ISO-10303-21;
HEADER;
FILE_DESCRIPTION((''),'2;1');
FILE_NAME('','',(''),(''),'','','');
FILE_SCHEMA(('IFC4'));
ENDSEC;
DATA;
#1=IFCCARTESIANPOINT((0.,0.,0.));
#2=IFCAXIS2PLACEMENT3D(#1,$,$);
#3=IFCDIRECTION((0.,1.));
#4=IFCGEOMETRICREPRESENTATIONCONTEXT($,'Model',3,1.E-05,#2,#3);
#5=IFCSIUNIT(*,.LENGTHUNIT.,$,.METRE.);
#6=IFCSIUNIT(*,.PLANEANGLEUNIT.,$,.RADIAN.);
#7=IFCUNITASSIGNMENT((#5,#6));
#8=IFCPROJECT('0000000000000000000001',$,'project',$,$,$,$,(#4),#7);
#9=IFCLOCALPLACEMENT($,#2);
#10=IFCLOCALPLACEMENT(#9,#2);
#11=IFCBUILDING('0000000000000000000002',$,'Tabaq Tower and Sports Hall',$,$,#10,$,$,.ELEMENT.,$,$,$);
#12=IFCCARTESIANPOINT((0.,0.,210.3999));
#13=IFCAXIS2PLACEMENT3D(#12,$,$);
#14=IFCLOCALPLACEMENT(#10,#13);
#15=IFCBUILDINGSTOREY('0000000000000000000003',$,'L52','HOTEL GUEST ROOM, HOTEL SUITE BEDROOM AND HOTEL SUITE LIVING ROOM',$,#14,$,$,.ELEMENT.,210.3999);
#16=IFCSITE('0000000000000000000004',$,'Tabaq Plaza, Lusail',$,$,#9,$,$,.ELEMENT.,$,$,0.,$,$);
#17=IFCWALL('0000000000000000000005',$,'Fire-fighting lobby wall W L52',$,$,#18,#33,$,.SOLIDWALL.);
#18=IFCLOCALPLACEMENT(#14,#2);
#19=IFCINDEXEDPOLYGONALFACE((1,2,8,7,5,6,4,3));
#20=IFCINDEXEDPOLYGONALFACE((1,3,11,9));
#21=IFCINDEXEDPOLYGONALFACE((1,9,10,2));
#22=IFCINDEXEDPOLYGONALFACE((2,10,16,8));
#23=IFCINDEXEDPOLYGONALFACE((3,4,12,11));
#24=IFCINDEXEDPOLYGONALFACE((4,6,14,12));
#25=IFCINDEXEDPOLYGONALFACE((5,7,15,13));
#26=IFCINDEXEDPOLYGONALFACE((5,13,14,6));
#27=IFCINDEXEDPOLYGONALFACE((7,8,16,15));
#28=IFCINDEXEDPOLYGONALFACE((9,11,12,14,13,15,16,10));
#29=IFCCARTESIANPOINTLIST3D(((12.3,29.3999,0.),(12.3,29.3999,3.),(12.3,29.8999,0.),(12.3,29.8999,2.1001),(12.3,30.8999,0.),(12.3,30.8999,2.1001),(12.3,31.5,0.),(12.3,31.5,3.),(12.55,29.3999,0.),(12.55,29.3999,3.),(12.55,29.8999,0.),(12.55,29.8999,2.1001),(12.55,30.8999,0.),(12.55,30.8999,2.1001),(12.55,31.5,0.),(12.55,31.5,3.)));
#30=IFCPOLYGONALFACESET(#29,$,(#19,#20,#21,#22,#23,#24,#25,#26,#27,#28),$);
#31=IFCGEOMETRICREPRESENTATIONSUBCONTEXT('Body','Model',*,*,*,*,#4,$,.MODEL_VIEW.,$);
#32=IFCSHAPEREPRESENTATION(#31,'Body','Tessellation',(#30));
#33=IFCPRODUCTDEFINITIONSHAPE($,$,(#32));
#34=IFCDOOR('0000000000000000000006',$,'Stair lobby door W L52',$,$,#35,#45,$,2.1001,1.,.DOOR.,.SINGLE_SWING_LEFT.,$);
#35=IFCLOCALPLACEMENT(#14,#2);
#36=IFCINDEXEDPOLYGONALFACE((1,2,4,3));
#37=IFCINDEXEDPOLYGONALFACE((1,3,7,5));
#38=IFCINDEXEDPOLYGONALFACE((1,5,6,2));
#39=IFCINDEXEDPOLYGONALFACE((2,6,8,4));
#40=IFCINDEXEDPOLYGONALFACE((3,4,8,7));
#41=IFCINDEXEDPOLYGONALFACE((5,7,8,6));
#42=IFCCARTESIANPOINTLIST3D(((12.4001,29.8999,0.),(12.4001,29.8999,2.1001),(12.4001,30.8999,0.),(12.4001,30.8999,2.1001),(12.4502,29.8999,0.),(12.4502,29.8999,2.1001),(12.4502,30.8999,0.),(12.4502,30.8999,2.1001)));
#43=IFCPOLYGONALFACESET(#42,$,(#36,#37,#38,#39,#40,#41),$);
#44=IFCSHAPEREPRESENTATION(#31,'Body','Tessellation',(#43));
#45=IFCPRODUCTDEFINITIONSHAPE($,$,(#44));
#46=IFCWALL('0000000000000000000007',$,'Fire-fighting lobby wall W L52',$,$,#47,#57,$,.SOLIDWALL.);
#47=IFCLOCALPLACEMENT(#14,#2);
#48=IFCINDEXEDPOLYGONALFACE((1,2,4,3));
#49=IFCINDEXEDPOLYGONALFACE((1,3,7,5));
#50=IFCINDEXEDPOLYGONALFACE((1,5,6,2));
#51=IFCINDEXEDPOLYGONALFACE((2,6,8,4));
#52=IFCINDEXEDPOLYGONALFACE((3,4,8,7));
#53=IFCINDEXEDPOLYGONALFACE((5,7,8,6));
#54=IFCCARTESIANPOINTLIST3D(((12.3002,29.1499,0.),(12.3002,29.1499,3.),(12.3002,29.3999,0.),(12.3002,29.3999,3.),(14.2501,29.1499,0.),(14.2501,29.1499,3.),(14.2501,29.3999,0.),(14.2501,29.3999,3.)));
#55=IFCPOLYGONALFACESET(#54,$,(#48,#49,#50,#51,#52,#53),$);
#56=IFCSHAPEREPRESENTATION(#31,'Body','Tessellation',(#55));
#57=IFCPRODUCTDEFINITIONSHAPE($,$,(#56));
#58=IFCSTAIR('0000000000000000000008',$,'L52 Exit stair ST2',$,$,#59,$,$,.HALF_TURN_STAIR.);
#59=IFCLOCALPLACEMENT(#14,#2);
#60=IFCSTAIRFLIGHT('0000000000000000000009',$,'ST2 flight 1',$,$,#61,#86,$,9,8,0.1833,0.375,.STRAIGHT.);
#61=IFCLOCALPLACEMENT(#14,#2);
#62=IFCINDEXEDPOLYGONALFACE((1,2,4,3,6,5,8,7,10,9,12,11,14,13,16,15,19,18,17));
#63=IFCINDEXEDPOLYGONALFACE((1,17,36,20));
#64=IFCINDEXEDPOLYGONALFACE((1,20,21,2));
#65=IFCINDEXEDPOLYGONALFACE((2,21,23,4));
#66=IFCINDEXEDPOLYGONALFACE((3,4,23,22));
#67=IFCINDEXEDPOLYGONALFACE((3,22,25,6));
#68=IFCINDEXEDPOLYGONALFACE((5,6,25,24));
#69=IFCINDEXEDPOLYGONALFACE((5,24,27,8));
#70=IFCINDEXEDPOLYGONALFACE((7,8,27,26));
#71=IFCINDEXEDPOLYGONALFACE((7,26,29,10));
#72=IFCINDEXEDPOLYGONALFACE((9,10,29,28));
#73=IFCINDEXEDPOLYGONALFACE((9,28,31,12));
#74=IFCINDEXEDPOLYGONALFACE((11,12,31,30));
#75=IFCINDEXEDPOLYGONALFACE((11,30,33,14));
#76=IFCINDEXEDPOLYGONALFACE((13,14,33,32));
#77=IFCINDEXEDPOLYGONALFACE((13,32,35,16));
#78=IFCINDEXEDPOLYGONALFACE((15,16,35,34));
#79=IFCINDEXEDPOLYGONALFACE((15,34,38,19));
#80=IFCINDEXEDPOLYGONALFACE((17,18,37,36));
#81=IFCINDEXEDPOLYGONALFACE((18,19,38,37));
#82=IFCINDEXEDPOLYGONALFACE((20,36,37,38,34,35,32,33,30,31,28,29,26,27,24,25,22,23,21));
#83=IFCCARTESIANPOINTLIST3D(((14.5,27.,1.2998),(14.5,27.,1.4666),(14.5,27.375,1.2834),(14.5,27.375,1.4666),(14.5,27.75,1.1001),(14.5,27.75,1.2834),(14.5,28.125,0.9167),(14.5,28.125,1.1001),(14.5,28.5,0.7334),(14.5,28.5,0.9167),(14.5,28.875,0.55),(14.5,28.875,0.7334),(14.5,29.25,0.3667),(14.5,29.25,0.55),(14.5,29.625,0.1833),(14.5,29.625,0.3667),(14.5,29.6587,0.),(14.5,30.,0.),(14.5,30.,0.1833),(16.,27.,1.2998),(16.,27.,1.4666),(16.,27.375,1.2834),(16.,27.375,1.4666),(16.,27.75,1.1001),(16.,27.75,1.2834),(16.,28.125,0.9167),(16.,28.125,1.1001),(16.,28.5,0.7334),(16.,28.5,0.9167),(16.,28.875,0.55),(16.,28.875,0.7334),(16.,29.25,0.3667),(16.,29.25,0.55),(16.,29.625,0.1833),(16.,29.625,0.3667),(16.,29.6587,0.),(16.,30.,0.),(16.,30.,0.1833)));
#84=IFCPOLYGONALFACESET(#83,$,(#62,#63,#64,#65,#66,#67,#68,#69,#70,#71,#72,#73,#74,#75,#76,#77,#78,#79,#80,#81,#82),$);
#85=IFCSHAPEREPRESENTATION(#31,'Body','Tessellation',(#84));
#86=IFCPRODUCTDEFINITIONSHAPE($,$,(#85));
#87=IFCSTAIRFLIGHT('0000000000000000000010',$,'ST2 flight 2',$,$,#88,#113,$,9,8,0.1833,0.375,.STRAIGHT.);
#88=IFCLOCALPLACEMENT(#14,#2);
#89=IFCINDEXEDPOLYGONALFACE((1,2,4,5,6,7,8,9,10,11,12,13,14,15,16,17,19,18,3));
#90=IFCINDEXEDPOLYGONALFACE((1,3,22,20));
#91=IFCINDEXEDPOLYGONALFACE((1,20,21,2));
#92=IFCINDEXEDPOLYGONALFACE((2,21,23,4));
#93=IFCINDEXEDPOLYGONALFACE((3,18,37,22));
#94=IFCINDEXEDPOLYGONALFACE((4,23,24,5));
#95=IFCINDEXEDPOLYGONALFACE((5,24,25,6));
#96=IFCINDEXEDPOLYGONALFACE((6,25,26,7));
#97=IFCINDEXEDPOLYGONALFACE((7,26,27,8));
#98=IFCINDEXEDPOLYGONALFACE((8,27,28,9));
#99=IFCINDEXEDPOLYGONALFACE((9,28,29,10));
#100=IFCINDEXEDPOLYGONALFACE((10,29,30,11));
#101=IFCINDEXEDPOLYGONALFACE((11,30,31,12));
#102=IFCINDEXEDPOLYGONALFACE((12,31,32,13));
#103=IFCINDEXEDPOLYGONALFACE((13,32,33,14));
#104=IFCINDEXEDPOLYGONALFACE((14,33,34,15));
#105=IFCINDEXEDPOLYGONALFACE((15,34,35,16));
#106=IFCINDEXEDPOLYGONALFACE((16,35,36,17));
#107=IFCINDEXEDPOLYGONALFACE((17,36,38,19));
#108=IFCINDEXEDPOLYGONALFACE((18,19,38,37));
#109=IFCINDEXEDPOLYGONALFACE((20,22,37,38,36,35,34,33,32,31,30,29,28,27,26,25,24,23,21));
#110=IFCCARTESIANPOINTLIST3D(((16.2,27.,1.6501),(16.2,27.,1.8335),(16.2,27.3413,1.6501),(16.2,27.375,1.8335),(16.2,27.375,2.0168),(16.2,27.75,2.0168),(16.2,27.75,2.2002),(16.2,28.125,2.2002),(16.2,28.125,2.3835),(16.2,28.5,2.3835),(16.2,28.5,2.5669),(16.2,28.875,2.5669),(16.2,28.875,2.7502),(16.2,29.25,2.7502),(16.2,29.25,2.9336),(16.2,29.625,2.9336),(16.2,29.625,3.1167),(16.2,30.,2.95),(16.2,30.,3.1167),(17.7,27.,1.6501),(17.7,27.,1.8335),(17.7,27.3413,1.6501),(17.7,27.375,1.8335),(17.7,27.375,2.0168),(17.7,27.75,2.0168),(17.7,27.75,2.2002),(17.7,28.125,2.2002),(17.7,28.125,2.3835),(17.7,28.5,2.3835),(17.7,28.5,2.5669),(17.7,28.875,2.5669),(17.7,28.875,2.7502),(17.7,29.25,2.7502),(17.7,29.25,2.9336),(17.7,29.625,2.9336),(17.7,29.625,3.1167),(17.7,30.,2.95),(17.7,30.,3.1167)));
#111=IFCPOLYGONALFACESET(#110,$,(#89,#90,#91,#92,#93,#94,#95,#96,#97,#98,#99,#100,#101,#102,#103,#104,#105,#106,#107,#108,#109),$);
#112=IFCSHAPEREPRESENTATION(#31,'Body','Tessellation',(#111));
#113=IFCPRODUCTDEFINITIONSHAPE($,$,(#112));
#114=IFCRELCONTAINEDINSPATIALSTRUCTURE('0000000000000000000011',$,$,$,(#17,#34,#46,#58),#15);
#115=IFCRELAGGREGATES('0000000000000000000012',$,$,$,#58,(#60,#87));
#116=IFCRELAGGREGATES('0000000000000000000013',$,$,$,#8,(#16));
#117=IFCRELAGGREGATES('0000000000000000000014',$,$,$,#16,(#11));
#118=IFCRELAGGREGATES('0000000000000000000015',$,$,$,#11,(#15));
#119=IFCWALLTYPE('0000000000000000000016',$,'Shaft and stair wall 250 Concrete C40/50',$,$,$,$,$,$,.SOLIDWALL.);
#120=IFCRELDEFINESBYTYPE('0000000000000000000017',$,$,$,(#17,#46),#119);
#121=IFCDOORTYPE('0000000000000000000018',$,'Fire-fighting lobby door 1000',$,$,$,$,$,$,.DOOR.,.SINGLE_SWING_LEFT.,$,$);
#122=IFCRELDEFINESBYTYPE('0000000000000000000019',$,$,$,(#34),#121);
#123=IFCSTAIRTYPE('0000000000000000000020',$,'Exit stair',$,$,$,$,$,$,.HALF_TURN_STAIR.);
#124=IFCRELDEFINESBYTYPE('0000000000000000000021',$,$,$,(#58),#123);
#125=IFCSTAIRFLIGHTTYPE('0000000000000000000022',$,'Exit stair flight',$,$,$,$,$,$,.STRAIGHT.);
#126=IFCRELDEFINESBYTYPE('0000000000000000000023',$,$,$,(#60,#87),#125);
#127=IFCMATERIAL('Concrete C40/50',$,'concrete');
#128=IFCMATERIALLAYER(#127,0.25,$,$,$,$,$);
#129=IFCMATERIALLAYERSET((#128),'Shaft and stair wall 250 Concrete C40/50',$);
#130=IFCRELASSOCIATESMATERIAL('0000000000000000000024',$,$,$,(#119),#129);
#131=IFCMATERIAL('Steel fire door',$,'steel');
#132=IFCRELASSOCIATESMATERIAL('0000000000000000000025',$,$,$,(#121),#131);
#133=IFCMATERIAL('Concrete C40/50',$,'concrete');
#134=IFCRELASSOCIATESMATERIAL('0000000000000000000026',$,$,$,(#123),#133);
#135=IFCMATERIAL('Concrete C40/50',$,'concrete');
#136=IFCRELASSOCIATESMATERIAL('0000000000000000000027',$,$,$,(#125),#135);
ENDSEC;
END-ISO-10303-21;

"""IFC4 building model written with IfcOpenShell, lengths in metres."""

from ifc_helpers import new_model, si_unit, direction, frame, frame_2d, origin, place, context, subcontext, project, spatial, polyline, rectangle, outline, extrude, material, layer, layer_set, type_object, element, fill, aggregate, save


model = new_model("IFC4")

# Units and contexts
model_context = context("Model", 3, precision=1e-05, world=origin(), true_north=direction((0.0, 1.0)))
body_context = subcontext(model_context, "Body", "Model", "MODEL_VIEW")
ifc_project = project(units=[si_unit("LENGTHUNIT", "METRE"), si_unit("PLANEANGLEUNIT", "RADIAN")], contexts=[model_context])

# Site, building, storey
site_placement = place(None, origin())
site = spatial("IfcSite", under=ifc_project, at=site_placement, Name="Tabaq Plaza, Lusail", CompositionType="ELEMENT", RefElevation=0.0)
building_placement = place(site_placement, origin())
building = spatial("IfcBuilding", under=site, at=building_placement, Name="Tabaq Tower and Sports Hall", CompositionType="ELEMENT")
storey_placement = place(building_placement, frame((0.0, 0.0, 210.3999)))
storey = spatial("IfcBuildingStorey", under=building, at=storey_placement, Name="L52", Description="HOTEL GUEST ROOM, HOTEL SUITE BEDROOM AND HOTEL SUITE LIVING ROOM", CompositionType="ELEMENT", Elevation=210.3999)

# Wall, opening, door
ifc_material_1 = material(Name="Concrete C40/50", Category="concrete")
ifc_layer_1 = layer(ifc_material_1, 0.25)
ifc_layer_set_1 = layer_set([ifc_layer_1], Name="Shaft and stair wall 250 Concrete C40/50")
wall_type_1 = type_object("IfcWallType", Name="Shaft and stair wall 250 Concrete C40/50", PredefinedType="SOLIDWALL", material=ifc_layer_set_1)
wall_1_placement = place(storey_placement, frame((12.425, 29.3999, 0.0), z_axis=(0.0, 0.0, 1.0), x_axis=(0.0, 1.0, 0.0)))
wall_1 = element("IfcWall", 1, at=wall_1_placement, inside=storey, type_object=wall_type_1, Name="Fire-fighting lobby wall W L52", PredefinedType="SOLIDWALL", context=body_context, shape_type="SweptSolid", body=[
    extrude(rectangle(XDim=2.1001, YDim=0.25, at=frame_2d((1.05, 0.0))), origin(), (0.0, 0.0, 1.0), 3.0),
])
opening_placement = place(wall_1_placement, frame((0.5, 0.0, 0.0)))
opening = element("IfcOpeningElement", 2, at=opening_placement, cuts=wall_1, PredefinedType="OPENING", context=body_context, shape_type="SweptSolid", body=[
    extrude(rectangle(XDim=1.0, YDim=2.1001, at=frame_2d((0.5, 1.05))), frame((0.0, 0.125, 0.0), z_axis=(0.0, -1.0, 0.0), x_axis=(1.0, 0.0, 0.0)), (0.0, 0.0, 1.0), 0.25),
])
ifc_material_2 = material(Name="Steel fire door", Category="steel")
door_type = type_object("IfcDoorType", Name="Fire-fighting lobby door 1000", OperationType="SINGLE_SWING_LEFT", PredefinedType="DOOR", material=ifc_material_2)
door_placement = place(opening_placement, origin())
door = element("IfcDoor", 3, at=door_placement, inside=storey, type_object=door_type, Name="Stair lobby door W L52", OperationType="SINGLE_SWING_LEFT", OverallHeight=2.1001, OverallWidth=1.0, PredefinedType="DOOR", context=body_context, shape_type="SweptSolid", body=[
    extrude(rectangle(XDim=1.0, YDim=2.1001, at=frame_2d((0.5, 1.05))), frame((0.0, 0.0249, 0.0), z_axis=(0.0, -1.0, 0.0), x_axis=(1.0, 0.0, 0.0)), (0.0, 0.0, 1.0), 0.05),
])
fill(opening, door)

# Wall
wall_2_placement = place(storey_placement, frame((12.3, 29.2749, 0.0), z_axis=(0.0, 0.0, 1.0), x_axis=(1.0, 0.0, 0.0)))
element("IfcWall", 4, at=wall_2_placement, inside=storey, type_object=wall_type_1, Name="Fire-fighting lobby wall W L52", PredefinedType="SOLIDWALL", context=body_context, shape_type="SweptSolid", body=[
    extrude(rectangle(XDim=1.95, YDim=0.25, at=frame_2d((0.9751, 0.0))), origin(), (0.0, 0.0, 1.0), 3.0),
])

# Stair, stair flights
ifc_material_3 = material(Name="Concrete C40/50", Category="concrete")
stair_type = type_object("IfcStairType", Name="Exit stair", PredefinedType="HALF_TURN_STAIR", material=ifc_material_3)
stair_placement = place(storey_placement, origin())
stair = element("IfcStair", 5, at=stair_placement, inside=storey, type_object=stair_type, Name="L52 Exit stair ST2", PredefinedType="HALF_TURN_STAIR")
ifc_material_4 = material(Name="Concrete C40/50", Category="concrete")
stair_flight_type = type_object("IfcStairFlightType", Name="Exit stair flight", PredefinedType="STRAIGHT", material=ifc_material_4)
stair_flight_1_placement = place(storey_placement, frame((15.25, 30.0, 0.0), z_axis=(0.0, 0.0, 1.0), x_axis=(0.0, -1.0, 0.0)))
stair_flight_1 = element("IfcStairFlight", 6, at=stair_flight_1_placement, type_object=stair_flight_type, Name="ST2 flight 1", NumberOfRisers=9, NumberOfTreads=8, PredefinedType="STRAIGHT", RiserHeight=0.1833, TreadLength=0.375, context=body_context, shape_type="SweptSolid", body=[
    extrude(outline(polyline([(0.0, 0.0), (0.0, 0.1833), (0.375, 0.1833), (0.375, 0.3667), (0.75, 0.3667), (0.75, 0.55), (1.125, 0.55), (1.125, 0.7334), (1.5, 0.7334), (1.5, 0.9167), (1.875, 0.9167), (1.875, 1.1001), (2.25, 1.1001), (2.25, 1.2834), (2.625, 1.2834), (2.625, 1.4666), (3.0, 1.4666), (3.0, 1.6499), (3.0, 1.2998), (0.3413, 0.0), (0.0, 0.0)])), frame((0.0, 0.75, 0.0), z_axis=(0.0, -1.0, 0.0), x_axis=(1.0, 0.0, 0.0)), (0.0, 0.0, 1.0), 1.5),
])
stair_flight_2_placement = place(storey_placement, frame((16.95, 27.0, 1.6501), z_axis=(0.0, 0.0, 1.0), x_axis=(0.0, 1.0, 0.0)))
stair_flight_2 = element("IfcStairFlight", 7, at=stair_flight_2_placement, type_object=stair_flight_type, Name="ST2 flight 2", NumberOfRisers=9, NumberOfTreads=8, PredefinedType="STRAIGHT", RiserHeight=0.1833, TreadLength=0.375, context=body_context, shape_type="SweptSolid", body=[
    extrude(outline(polyline([(0.0, 0.0), (0.0, 0.1833), (0.375, 0.1833), (0.375, 0.3667), (0.75, 0.3667), (0.75, 0.55), (1.125, 0.55), (1.125, 0.7334), (1.5, 0.7334), (1.5, 0.9167), (1.875, 0.9167), (1.875, 1.1001), (2.25, 1.1001), (2.25, 1.2834), (2.625, 1.2834), (2.625, 1.4666), (3.0, 1.4666), (3.0, 1.6499), (3.0, 1.2998), (0.3413, 0.0), (0.0, 0.0)])), frame((0.0, 0.75, 0.0), z_axis=(0.0, -1.0, 0.0), x_axis=(1.0, 0.0, 0.0)), (0.0, 0.0, 1.0), 1.5),
])
aggregate(stair, [stair_flight_1, stair_flight_2])

save(model, "model.ifc")
